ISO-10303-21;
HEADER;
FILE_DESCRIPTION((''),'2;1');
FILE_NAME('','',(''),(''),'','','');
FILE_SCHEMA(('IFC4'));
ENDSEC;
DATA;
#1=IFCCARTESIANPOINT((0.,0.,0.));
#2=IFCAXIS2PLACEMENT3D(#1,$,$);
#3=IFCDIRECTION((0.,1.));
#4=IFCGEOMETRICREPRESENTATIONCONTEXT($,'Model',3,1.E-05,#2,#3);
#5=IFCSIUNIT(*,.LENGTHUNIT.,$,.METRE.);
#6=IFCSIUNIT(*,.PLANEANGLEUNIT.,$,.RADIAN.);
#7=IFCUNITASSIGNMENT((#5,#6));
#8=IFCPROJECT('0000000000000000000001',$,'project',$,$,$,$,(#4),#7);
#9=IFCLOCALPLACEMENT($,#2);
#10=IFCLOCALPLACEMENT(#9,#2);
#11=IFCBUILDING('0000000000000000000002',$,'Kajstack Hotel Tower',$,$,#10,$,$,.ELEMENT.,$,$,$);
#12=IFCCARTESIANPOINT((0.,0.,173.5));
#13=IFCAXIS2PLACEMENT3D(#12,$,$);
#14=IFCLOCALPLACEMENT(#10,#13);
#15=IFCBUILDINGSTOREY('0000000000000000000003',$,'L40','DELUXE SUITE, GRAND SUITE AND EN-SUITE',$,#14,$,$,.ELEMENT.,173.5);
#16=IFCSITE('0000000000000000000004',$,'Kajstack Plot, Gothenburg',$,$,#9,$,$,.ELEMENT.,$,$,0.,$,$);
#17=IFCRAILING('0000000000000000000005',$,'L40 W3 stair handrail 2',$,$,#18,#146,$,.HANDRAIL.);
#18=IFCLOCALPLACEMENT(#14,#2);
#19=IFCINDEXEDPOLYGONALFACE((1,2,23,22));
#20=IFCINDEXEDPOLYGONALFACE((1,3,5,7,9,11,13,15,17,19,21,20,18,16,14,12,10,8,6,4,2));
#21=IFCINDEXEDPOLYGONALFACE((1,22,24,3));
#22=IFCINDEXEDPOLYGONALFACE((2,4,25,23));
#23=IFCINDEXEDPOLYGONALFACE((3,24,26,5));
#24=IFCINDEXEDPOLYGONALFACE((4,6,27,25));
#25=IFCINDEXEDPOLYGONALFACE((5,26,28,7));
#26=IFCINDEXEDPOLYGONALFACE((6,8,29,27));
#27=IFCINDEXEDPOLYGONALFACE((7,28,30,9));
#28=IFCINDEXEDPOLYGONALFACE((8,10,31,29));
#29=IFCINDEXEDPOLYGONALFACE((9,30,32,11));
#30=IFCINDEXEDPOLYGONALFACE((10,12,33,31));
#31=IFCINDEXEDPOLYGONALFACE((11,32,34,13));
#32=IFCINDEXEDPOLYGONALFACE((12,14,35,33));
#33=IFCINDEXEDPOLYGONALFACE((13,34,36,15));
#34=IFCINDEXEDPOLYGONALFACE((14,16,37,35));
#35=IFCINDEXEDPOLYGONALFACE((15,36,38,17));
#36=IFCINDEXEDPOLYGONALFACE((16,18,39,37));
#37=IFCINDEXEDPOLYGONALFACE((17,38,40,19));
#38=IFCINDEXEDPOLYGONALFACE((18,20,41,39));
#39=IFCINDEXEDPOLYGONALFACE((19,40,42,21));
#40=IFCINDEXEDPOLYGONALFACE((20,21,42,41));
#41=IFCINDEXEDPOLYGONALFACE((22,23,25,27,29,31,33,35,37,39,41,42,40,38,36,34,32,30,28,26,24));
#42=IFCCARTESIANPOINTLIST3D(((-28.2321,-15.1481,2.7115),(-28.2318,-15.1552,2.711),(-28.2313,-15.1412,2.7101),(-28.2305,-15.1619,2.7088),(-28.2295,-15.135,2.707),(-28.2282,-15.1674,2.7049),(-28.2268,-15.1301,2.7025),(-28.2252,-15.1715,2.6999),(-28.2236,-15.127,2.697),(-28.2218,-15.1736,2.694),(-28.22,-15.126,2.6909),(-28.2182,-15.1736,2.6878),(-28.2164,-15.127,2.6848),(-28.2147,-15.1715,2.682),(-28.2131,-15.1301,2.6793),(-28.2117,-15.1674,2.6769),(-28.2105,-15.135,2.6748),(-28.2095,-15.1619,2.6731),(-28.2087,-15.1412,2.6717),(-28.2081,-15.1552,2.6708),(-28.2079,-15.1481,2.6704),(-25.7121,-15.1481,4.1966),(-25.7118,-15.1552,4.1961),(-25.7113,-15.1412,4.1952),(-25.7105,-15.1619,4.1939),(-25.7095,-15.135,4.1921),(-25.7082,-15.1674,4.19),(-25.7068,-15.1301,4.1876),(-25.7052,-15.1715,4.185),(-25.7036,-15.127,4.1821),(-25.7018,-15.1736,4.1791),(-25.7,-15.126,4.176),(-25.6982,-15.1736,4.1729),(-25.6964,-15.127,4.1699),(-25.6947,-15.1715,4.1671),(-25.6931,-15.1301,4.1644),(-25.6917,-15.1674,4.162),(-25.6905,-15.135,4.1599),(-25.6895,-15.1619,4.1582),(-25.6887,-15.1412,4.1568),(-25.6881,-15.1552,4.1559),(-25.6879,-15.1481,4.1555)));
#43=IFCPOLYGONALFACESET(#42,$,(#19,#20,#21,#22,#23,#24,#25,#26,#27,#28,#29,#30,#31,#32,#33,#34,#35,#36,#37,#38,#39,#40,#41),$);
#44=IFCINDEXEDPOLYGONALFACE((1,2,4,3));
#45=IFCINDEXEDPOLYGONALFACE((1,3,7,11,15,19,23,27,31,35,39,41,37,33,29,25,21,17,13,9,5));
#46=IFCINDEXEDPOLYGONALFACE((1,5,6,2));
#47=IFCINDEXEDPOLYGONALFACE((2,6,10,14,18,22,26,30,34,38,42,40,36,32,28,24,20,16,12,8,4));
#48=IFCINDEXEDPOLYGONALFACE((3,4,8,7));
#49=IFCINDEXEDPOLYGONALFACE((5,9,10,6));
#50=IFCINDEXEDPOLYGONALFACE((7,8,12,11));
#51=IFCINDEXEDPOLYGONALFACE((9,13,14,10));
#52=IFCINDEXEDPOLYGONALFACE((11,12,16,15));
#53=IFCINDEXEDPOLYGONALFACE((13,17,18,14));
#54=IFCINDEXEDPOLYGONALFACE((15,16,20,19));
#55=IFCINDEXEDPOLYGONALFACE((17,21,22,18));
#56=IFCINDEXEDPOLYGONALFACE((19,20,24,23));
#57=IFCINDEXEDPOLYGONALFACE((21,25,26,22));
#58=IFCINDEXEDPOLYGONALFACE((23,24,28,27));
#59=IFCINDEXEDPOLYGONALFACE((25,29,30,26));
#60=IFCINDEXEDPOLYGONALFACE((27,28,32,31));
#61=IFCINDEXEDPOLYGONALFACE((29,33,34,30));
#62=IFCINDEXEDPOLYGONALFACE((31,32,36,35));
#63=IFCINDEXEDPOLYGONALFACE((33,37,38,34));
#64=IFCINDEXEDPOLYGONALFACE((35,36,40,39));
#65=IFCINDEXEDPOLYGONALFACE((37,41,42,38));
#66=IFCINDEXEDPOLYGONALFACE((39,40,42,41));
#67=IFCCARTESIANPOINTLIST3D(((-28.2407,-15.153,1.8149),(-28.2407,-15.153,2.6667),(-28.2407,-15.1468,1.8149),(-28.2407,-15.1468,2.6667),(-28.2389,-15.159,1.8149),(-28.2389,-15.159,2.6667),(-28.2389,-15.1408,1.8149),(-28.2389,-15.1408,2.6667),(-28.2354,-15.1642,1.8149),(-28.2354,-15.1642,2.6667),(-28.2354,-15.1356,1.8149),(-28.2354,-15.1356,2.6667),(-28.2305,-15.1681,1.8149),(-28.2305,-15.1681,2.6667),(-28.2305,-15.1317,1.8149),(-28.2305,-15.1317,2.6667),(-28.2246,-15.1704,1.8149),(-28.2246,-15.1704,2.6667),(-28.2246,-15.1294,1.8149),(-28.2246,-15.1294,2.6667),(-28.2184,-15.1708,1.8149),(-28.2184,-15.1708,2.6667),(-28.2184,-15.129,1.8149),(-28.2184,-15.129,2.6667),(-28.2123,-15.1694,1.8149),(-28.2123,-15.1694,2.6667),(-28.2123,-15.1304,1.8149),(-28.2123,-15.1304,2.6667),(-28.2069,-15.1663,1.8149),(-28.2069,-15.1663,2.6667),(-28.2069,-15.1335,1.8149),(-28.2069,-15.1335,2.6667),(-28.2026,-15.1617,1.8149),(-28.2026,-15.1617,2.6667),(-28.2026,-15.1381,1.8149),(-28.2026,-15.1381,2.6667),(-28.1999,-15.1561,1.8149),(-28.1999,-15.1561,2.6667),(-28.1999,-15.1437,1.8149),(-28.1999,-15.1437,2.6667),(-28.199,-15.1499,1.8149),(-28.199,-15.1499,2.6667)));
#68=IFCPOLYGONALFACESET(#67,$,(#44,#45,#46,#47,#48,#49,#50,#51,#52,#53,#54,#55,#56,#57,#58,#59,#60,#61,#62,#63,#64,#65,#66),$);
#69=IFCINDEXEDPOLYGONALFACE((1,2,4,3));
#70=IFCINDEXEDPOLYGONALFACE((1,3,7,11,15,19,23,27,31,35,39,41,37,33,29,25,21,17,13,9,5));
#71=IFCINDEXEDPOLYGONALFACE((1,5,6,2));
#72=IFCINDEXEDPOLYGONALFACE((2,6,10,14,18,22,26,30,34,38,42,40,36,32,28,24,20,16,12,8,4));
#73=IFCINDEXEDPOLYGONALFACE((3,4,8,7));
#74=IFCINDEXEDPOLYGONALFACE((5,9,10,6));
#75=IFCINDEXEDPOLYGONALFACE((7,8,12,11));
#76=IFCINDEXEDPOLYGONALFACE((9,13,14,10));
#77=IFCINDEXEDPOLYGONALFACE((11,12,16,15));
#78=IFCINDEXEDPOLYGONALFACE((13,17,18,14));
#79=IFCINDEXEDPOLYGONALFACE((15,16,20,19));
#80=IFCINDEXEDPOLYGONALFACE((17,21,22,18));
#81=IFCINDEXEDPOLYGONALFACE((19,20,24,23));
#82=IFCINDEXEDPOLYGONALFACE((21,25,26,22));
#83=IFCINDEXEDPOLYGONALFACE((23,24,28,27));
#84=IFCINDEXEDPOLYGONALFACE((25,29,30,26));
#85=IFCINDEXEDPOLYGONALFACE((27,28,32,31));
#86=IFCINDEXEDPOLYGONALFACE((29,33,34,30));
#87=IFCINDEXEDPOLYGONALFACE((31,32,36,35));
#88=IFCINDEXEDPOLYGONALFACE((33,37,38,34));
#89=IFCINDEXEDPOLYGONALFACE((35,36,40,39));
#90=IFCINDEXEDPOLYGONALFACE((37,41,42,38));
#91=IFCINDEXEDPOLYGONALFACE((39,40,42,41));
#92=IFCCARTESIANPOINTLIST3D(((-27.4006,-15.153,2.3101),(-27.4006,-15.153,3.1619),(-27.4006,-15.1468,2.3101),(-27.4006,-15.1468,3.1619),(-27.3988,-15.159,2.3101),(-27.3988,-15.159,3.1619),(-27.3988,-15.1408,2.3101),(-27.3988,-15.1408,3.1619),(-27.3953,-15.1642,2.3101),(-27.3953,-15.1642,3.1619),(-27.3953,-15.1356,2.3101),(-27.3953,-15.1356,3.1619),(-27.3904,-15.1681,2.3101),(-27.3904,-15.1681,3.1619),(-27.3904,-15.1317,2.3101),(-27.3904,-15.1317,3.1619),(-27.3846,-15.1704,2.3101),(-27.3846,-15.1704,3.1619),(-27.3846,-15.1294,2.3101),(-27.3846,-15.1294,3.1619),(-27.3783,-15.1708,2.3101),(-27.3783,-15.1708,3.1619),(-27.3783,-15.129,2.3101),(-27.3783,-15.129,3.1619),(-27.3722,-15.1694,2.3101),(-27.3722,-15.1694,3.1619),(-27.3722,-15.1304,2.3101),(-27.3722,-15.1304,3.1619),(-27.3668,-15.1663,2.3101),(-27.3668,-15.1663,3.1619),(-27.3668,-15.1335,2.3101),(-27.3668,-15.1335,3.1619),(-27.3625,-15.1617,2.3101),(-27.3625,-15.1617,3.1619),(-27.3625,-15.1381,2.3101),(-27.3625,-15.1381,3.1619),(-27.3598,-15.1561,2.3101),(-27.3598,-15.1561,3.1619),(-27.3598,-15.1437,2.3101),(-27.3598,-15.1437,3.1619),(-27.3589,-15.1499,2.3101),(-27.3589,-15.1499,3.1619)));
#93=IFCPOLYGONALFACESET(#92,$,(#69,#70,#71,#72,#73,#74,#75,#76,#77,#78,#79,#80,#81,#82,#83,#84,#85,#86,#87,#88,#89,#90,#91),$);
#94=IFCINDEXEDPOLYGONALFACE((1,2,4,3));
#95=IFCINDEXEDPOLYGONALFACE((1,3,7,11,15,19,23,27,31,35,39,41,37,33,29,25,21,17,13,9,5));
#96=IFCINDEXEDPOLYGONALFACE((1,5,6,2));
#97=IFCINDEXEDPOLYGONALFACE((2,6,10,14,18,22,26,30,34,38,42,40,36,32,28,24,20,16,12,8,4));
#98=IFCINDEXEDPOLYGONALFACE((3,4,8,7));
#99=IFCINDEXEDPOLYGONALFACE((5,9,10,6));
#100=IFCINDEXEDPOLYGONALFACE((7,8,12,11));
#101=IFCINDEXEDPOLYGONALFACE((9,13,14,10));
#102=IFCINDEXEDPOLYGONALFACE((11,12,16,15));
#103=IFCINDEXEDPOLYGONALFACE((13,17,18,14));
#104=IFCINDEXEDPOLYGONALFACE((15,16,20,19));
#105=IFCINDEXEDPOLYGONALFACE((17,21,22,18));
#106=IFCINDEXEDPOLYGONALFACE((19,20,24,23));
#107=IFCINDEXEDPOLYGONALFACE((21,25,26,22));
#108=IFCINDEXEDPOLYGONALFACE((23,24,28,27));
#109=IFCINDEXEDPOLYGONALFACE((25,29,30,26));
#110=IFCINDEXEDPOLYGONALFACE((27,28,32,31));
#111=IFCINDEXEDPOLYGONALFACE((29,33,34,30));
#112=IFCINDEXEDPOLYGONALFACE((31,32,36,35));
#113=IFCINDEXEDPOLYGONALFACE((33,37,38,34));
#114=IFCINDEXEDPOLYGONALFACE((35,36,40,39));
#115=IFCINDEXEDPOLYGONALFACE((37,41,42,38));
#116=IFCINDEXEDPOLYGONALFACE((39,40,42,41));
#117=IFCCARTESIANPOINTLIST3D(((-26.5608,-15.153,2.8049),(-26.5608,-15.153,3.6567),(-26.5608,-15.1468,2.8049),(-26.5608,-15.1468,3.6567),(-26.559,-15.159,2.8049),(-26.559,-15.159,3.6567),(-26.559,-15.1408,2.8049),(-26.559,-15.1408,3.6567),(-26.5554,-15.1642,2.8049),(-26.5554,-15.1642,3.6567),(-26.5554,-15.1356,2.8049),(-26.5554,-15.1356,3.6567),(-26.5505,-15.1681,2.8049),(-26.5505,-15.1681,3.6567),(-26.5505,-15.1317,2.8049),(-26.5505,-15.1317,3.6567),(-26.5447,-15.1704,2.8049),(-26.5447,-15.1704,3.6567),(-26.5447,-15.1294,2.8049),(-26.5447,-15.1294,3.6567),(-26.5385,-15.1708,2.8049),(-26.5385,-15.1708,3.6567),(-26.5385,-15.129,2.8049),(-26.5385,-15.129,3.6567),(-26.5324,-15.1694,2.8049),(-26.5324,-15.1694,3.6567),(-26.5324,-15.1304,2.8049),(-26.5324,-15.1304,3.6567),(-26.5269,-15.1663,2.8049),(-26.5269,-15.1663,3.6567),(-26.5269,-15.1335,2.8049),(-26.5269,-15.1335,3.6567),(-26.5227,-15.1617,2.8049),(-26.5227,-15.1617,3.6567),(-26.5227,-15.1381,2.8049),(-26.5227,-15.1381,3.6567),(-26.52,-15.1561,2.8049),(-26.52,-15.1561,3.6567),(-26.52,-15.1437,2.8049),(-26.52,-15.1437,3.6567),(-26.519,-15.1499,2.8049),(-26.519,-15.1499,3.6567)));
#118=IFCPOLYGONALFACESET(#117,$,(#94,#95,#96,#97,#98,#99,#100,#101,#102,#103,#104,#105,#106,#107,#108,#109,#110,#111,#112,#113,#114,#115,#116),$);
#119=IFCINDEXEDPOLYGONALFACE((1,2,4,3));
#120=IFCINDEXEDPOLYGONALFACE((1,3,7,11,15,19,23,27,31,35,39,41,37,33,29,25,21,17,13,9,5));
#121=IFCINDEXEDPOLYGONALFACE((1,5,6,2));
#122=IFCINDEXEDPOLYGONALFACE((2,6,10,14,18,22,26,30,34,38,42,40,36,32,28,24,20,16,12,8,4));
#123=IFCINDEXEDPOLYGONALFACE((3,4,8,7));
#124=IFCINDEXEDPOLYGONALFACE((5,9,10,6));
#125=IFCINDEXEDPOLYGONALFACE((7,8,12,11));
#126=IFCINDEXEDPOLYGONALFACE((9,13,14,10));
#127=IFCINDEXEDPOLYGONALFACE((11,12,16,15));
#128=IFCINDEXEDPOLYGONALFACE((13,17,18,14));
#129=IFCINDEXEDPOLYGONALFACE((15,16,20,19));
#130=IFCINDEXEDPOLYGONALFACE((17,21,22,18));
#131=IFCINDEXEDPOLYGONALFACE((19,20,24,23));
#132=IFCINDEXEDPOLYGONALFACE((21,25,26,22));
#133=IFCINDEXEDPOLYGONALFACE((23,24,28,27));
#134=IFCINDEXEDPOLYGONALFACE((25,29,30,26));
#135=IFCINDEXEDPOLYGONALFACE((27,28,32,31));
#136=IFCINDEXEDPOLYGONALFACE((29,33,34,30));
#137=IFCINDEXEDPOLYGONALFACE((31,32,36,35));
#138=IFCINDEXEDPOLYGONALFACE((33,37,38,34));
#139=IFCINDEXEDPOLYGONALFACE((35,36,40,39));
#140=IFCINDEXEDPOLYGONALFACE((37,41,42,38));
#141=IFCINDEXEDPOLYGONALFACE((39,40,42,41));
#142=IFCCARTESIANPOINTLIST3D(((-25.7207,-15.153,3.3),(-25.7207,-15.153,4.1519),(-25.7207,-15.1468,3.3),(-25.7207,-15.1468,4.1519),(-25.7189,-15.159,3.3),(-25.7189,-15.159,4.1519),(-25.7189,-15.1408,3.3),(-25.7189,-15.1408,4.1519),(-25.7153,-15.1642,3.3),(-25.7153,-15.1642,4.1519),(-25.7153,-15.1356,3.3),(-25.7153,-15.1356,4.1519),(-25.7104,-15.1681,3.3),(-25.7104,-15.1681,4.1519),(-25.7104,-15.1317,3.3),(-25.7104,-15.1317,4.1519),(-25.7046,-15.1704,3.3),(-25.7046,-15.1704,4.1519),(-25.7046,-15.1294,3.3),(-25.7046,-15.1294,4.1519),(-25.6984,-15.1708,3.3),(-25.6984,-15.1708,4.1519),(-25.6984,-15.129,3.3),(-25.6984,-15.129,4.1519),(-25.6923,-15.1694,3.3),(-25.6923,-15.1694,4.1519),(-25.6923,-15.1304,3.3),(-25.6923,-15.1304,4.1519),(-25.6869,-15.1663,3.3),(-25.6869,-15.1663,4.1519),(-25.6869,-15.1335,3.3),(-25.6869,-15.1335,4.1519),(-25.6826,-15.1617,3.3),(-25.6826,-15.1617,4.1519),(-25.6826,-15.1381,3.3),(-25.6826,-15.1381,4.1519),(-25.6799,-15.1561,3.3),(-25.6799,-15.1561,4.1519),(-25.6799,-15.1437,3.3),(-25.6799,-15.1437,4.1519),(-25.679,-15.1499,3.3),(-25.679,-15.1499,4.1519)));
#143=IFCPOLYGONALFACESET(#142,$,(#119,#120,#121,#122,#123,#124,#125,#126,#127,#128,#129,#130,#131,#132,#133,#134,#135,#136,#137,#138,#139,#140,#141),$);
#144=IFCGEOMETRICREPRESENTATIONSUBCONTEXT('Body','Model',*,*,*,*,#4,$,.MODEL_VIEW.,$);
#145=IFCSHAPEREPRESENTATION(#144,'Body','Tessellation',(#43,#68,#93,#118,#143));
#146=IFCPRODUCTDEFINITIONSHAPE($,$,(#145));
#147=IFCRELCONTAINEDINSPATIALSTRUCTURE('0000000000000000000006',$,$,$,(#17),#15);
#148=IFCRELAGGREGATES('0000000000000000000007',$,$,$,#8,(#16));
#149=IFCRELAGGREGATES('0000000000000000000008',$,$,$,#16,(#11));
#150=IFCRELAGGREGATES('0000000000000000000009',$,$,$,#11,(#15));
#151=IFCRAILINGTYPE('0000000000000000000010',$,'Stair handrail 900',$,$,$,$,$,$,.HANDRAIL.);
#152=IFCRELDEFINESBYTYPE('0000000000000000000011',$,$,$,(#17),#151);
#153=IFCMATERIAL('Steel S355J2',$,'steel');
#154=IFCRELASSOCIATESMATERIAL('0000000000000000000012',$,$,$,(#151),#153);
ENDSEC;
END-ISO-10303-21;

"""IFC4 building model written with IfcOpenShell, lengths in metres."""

from ifc_helpers import new_model, si_unit, direction, frame, origin, origin_2d, place, context, subcontext, project, spatial, circle, extrude, material, type_object, element, save


model = new_model("IFC4")

# Units and contexts
model_context = context("Model", 3, precision=1e-05, world=origin(), true_north=direction((0.0, 1.0)))
body_context = subcontext(model_context, "Body", "Model", "MODEL_VIEW")
ifc_project = project(units=[si_unit("LENGTHUNIT", "METRE"), si_unit("PLANEANGLEUNIT", "RADIAN")], contexts=[model_context])

# Site, building, storey
site_placement = place(None, origin())
site = spatial("IfcSite", under=ifc_project, at=site_placement, Name="Kajstack Plot, Gothenburg", CompositionType="ELEMENT", RefElevation=0.0)
building_placement = place(site_placement, origin())
building = spatial("IfcBuilding", under=site, at=building_placement, Name="Kajstack Hotel Tower", CompositionType="ELEMENT")
storey_placement = place(building_placement, frame((0.0, 0.0, 173.5)))
storey = spatial("IfcBuildingStorey", under=building, at=storey_placement, Name="L40", Description="DELUXE SUITE, GRAND SUITE AND EN-SUITE", CompositionType="ELEMENT", Elevation=173.5)

# Railing
ifc_material_1 = material(Name="Steel S355J2", Category="steel")
railing_type_1 = type_object("IfcRailingType", Name="Stair handrail 900", PredefinedType="HANDRAIL", material=ifc_material_1)
railing_1_placement = place(storey_placement, frame((-28.22, -15.1499, 1.8149)))
element("IfcRailing", 1, at=railing_1_placement, inside=storey, type_object=railing_type_1, Name="L40 W3 stair handrail 2", PredefinedType="HANDRAIL", context=body_context, shape_type="SweptSolid", body=[
    extrude(circle(Radius=0.0239, at=origin_2d()), frame((0.0, 0.0, 0.876), z_axis=(0.861524, 0.0, 0.507717), x_axis=(0.0, 1.0, 0.0)), (0.0, 0.0, 1.0), 2.925),
    extrude(circle(Radius=0.021, at=origin_2d()), origin(), (0.0, 0.0, 1.0), 0.8518),
    extrude(circle(Radius=0.021, at=origin_2d()), frame((0.8401, 0.0, 0.4951)), (0.0, 0.0, 1.0), 0.8518),
    extrude(circle(Radius=0.021, at=origin_2d()), frame((1.6799, 0.0, 0.99)), (0.0, 0.0, 1.0), 0.8518),
    extrude(circle(Radius=0.021, at=origin_2d()), frame((2.52, 0.0, 1.4851)), (0.0, 0.0, 1.0), 0.8518),
])

save(model, "model.ifc")
